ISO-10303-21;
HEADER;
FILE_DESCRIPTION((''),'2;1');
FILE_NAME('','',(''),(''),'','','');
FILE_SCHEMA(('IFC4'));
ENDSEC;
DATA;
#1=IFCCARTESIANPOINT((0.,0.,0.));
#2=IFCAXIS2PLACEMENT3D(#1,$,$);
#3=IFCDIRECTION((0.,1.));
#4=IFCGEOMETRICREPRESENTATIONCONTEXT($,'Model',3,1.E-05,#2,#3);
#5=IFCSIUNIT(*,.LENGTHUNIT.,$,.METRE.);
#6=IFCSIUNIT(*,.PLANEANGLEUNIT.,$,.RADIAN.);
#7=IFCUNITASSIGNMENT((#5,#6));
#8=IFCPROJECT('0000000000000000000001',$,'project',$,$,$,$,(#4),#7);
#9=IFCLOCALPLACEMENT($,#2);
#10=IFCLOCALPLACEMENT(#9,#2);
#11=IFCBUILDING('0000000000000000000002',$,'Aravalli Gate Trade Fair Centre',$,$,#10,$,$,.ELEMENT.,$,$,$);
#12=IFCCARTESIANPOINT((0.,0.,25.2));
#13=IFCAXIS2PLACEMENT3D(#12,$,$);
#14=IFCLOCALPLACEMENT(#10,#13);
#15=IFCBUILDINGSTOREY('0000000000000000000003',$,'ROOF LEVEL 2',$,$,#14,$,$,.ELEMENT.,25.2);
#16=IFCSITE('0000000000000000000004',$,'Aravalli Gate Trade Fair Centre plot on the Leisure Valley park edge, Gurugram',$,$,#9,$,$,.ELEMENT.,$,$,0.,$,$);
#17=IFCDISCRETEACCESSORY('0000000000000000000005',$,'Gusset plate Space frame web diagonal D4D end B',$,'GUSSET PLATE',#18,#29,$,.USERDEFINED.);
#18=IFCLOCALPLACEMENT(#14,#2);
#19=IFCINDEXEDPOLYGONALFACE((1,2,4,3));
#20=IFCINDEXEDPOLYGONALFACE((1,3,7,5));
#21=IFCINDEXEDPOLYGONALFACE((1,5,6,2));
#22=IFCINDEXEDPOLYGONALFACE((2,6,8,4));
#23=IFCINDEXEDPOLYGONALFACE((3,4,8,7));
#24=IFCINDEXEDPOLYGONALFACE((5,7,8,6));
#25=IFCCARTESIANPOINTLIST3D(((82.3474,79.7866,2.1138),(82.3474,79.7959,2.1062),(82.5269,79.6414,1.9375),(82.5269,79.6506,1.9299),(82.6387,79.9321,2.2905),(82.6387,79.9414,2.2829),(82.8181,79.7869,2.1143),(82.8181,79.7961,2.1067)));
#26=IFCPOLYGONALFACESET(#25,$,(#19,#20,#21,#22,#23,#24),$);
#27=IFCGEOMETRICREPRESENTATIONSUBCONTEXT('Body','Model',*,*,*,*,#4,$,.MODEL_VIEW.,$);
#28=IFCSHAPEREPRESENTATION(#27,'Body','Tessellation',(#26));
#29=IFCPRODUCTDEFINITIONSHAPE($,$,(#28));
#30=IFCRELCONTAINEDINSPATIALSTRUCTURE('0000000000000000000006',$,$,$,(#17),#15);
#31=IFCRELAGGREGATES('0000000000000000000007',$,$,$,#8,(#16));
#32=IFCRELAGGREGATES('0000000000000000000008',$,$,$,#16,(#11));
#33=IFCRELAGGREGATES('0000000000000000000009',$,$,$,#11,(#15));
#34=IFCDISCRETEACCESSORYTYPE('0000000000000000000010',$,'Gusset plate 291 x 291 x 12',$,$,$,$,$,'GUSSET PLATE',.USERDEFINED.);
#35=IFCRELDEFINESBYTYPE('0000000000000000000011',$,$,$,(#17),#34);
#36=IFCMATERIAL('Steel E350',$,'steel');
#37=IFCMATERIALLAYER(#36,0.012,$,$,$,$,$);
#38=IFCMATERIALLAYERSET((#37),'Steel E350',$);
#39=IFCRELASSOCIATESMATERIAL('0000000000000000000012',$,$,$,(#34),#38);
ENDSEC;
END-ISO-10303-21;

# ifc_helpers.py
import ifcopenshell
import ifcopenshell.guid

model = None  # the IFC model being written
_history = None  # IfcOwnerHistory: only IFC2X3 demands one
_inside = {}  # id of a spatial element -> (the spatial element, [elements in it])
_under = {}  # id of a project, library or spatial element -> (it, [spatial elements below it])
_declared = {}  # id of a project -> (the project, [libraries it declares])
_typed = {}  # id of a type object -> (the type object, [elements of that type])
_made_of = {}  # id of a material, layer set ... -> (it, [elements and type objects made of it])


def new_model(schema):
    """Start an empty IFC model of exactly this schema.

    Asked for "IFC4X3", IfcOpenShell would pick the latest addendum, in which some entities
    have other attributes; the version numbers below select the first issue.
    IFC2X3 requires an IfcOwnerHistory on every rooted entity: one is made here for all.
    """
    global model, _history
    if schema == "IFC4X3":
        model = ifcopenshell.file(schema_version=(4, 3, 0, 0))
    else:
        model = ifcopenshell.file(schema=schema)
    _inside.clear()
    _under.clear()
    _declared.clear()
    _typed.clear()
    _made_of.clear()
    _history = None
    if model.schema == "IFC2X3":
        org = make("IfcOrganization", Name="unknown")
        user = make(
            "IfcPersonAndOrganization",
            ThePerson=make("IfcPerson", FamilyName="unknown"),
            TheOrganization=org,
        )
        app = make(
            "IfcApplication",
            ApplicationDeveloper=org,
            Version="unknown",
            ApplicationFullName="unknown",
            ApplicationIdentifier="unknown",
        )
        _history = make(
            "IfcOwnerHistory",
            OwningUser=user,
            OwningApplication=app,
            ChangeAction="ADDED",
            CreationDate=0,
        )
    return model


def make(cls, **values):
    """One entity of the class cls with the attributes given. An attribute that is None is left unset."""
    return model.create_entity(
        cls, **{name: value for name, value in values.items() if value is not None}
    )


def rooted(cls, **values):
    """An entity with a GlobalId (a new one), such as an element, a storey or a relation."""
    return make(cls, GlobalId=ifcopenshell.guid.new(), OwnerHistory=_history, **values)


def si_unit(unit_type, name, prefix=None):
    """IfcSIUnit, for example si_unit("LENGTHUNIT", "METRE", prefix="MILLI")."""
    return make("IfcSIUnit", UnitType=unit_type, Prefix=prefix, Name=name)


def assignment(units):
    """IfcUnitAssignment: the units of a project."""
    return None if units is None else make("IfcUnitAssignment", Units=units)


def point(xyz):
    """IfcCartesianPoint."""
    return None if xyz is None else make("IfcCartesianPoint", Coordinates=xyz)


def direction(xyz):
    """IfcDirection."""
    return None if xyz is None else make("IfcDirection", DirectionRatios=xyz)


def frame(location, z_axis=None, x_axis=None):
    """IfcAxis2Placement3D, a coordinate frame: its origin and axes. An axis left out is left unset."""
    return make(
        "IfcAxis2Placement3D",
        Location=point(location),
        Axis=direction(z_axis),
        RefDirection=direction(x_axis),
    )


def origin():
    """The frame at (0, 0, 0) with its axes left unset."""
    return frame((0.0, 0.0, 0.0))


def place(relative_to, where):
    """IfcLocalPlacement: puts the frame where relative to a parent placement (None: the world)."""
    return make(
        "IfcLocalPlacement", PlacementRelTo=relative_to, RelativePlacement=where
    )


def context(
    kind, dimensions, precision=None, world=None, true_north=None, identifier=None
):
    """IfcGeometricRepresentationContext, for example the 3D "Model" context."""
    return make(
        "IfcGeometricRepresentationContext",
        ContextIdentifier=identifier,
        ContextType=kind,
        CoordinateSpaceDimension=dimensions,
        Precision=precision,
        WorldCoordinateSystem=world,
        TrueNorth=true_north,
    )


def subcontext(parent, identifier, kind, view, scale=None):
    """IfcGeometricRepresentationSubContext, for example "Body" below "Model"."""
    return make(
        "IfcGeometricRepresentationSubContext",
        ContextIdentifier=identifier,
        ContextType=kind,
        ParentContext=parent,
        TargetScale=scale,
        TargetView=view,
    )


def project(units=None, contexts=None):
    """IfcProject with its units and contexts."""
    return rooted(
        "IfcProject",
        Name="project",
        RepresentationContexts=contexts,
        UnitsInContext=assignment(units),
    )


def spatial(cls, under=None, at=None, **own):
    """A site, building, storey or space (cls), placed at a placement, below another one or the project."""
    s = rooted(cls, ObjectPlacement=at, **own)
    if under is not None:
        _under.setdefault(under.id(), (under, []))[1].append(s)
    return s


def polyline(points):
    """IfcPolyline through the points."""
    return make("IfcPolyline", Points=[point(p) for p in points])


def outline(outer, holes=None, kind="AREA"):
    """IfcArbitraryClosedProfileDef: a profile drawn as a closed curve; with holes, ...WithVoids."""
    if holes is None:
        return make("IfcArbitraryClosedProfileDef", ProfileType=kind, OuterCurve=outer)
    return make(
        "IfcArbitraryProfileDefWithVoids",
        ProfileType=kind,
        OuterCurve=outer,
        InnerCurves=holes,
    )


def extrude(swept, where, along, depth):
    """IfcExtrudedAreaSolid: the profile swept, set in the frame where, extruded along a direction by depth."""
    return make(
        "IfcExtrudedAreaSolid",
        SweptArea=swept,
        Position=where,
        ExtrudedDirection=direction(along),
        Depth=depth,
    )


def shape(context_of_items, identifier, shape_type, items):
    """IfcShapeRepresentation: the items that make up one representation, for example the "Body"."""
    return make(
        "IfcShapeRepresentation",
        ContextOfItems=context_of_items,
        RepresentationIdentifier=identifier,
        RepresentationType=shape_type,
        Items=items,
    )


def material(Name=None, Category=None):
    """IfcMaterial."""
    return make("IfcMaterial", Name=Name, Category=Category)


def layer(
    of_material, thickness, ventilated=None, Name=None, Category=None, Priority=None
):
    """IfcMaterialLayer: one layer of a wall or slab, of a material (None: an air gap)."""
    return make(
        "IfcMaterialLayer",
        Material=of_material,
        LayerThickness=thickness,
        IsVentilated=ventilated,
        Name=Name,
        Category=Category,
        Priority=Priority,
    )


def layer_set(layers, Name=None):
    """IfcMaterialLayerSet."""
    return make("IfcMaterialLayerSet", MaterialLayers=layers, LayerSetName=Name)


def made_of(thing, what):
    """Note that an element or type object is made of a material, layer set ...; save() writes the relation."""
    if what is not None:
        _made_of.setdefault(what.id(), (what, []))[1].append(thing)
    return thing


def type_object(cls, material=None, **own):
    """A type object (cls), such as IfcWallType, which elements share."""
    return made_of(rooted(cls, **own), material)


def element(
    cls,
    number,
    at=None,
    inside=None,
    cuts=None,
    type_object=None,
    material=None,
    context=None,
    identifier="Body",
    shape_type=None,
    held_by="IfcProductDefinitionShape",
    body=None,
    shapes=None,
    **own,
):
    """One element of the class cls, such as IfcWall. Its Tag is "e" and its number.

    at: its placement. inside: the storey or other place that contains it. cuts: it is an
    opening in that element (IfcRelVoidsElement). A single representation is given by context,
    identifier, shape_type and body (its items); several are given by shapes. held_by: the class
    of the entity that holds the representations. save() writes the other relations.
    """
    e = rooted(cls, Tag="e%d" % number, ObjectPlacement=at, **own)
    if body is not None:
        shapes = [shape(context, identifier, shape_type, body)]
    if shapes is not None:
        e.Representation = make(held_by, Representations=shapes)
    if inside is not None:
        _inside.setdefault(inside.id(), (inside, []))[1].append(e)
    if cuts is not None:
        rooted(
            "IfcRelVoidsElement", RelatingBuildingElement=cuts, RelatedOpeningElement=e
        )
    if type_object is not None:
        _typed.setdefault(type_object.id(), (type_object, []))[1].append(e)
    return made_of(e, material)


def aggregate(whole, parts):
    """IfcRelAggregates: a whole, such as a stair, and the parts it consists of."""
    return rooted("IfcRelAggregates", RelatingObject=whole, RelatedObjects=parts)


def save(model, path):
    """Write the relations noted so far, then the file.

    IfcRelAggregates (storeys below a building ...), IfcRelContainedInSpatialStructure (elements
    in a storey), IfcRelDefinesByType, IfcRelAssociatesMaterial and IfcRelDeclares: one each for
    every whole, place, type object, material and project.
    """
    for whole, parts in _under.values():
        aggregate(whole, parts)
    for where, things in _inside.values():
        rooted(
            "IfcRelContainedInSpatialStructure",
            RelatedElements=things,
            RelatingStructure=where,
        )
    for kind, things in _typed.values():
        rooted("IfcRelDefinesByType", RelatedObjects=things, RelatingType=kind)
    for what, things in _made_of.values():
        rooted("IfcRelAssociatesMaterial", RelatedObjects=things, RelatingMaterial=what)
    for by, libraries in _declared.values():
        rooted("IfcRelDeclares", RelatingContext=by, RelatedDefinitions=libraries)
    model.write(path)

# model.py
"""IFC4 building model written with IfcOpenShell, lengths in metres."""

from ifc_helpers import new_model, si_unit, direction, frame, origin, place, context, subcontext, project, spatial, polyline, outline, extrude, material, layer, layer_set, type_object, element, save


model = new_model("IFC4")

# Units and contexts
model_context = context("Model", 3, precision=1e-05, world=origin(), true_north=direction((0.0, 1.0)))
body_context = subcontext(model_context, "Body", "Model", "MODEL_VIEW")
ifc_project = project(units=[si_unit("LENGTHUNIT", "METRE"), si_unit("PLANEANGLEUNIT", "RADIAN")], contexts=[model_context])

# Site, building, storey
site_placement = place(None, origin())
site = spatial("IfcSite", under=ifc_project, at=site_placement, Name="Aravalli Gate Trade Fair Centre plot on the Leisure Valley park edge, Gurugram", CompositionType="ELEMENT", RefElevation=0.0)
building_placement = place(site_placement, origin())
building = spatial("IfcBuilding", under=site, at=building_placement, Name="Aravalli Gate Trade Fair Centre", CompositionType="ELEMENT")
storey_placement = place(building_placement, frame((0.0, 0.0, 25.2)))
storey = spatial("IfcBuildingStorey", under=building, at=storey_placement, Name="ROOF LEVEL 2", CompositionType="ELEMENT", Elevation=25.2)

# Shared definitions
ifc_material_1 = material(Name="Steel E350", Category="steel")

# Discrete accessory
ifc_layer_1 = layer(ifc_material_1, 0.012)
ifc_layer_set_1 = layer_set([ifc_layer_1], Name="Steel E350")
discrete_accessory_type = type_object("IfcDiscreteAccessoryType", Name="Gusset plate 291 x 291 x 12", ElementType="GUSSET PLATE", PredefinedType="USERDEFINED", material=ifc_layer_set_1)
discrete_accessory_1_placement = place(storey_placement, frame((82.6387, 79.9321, 2.2905), z_axis=(-0.000259, -0.771844, 0.635812), x_axis=(-0.78619, -0.392765, -0.477118)))
element("IfcDiscreteAccessory", 1, at=discrete_accessory_1_placement, inside=storey, type_object=discrete_accessory_type, Name="Gusset plate Space frame web diagonal D4D end B", ObjectType="GUSSET PLATE", PredefinedType="USERDEFINED", context=body_context, shape_type="SweptSolid", body=[
    extrude(outline(polyline([(0.0, 0.0), (0.3705, 0.0), (0.3705, 0.2905), (0.0001, 0.2905), (0.0, 0.0)])), origin(), (0.0, 0.0, -1.0), 0.012),
])

save(model, "model.ifc")
